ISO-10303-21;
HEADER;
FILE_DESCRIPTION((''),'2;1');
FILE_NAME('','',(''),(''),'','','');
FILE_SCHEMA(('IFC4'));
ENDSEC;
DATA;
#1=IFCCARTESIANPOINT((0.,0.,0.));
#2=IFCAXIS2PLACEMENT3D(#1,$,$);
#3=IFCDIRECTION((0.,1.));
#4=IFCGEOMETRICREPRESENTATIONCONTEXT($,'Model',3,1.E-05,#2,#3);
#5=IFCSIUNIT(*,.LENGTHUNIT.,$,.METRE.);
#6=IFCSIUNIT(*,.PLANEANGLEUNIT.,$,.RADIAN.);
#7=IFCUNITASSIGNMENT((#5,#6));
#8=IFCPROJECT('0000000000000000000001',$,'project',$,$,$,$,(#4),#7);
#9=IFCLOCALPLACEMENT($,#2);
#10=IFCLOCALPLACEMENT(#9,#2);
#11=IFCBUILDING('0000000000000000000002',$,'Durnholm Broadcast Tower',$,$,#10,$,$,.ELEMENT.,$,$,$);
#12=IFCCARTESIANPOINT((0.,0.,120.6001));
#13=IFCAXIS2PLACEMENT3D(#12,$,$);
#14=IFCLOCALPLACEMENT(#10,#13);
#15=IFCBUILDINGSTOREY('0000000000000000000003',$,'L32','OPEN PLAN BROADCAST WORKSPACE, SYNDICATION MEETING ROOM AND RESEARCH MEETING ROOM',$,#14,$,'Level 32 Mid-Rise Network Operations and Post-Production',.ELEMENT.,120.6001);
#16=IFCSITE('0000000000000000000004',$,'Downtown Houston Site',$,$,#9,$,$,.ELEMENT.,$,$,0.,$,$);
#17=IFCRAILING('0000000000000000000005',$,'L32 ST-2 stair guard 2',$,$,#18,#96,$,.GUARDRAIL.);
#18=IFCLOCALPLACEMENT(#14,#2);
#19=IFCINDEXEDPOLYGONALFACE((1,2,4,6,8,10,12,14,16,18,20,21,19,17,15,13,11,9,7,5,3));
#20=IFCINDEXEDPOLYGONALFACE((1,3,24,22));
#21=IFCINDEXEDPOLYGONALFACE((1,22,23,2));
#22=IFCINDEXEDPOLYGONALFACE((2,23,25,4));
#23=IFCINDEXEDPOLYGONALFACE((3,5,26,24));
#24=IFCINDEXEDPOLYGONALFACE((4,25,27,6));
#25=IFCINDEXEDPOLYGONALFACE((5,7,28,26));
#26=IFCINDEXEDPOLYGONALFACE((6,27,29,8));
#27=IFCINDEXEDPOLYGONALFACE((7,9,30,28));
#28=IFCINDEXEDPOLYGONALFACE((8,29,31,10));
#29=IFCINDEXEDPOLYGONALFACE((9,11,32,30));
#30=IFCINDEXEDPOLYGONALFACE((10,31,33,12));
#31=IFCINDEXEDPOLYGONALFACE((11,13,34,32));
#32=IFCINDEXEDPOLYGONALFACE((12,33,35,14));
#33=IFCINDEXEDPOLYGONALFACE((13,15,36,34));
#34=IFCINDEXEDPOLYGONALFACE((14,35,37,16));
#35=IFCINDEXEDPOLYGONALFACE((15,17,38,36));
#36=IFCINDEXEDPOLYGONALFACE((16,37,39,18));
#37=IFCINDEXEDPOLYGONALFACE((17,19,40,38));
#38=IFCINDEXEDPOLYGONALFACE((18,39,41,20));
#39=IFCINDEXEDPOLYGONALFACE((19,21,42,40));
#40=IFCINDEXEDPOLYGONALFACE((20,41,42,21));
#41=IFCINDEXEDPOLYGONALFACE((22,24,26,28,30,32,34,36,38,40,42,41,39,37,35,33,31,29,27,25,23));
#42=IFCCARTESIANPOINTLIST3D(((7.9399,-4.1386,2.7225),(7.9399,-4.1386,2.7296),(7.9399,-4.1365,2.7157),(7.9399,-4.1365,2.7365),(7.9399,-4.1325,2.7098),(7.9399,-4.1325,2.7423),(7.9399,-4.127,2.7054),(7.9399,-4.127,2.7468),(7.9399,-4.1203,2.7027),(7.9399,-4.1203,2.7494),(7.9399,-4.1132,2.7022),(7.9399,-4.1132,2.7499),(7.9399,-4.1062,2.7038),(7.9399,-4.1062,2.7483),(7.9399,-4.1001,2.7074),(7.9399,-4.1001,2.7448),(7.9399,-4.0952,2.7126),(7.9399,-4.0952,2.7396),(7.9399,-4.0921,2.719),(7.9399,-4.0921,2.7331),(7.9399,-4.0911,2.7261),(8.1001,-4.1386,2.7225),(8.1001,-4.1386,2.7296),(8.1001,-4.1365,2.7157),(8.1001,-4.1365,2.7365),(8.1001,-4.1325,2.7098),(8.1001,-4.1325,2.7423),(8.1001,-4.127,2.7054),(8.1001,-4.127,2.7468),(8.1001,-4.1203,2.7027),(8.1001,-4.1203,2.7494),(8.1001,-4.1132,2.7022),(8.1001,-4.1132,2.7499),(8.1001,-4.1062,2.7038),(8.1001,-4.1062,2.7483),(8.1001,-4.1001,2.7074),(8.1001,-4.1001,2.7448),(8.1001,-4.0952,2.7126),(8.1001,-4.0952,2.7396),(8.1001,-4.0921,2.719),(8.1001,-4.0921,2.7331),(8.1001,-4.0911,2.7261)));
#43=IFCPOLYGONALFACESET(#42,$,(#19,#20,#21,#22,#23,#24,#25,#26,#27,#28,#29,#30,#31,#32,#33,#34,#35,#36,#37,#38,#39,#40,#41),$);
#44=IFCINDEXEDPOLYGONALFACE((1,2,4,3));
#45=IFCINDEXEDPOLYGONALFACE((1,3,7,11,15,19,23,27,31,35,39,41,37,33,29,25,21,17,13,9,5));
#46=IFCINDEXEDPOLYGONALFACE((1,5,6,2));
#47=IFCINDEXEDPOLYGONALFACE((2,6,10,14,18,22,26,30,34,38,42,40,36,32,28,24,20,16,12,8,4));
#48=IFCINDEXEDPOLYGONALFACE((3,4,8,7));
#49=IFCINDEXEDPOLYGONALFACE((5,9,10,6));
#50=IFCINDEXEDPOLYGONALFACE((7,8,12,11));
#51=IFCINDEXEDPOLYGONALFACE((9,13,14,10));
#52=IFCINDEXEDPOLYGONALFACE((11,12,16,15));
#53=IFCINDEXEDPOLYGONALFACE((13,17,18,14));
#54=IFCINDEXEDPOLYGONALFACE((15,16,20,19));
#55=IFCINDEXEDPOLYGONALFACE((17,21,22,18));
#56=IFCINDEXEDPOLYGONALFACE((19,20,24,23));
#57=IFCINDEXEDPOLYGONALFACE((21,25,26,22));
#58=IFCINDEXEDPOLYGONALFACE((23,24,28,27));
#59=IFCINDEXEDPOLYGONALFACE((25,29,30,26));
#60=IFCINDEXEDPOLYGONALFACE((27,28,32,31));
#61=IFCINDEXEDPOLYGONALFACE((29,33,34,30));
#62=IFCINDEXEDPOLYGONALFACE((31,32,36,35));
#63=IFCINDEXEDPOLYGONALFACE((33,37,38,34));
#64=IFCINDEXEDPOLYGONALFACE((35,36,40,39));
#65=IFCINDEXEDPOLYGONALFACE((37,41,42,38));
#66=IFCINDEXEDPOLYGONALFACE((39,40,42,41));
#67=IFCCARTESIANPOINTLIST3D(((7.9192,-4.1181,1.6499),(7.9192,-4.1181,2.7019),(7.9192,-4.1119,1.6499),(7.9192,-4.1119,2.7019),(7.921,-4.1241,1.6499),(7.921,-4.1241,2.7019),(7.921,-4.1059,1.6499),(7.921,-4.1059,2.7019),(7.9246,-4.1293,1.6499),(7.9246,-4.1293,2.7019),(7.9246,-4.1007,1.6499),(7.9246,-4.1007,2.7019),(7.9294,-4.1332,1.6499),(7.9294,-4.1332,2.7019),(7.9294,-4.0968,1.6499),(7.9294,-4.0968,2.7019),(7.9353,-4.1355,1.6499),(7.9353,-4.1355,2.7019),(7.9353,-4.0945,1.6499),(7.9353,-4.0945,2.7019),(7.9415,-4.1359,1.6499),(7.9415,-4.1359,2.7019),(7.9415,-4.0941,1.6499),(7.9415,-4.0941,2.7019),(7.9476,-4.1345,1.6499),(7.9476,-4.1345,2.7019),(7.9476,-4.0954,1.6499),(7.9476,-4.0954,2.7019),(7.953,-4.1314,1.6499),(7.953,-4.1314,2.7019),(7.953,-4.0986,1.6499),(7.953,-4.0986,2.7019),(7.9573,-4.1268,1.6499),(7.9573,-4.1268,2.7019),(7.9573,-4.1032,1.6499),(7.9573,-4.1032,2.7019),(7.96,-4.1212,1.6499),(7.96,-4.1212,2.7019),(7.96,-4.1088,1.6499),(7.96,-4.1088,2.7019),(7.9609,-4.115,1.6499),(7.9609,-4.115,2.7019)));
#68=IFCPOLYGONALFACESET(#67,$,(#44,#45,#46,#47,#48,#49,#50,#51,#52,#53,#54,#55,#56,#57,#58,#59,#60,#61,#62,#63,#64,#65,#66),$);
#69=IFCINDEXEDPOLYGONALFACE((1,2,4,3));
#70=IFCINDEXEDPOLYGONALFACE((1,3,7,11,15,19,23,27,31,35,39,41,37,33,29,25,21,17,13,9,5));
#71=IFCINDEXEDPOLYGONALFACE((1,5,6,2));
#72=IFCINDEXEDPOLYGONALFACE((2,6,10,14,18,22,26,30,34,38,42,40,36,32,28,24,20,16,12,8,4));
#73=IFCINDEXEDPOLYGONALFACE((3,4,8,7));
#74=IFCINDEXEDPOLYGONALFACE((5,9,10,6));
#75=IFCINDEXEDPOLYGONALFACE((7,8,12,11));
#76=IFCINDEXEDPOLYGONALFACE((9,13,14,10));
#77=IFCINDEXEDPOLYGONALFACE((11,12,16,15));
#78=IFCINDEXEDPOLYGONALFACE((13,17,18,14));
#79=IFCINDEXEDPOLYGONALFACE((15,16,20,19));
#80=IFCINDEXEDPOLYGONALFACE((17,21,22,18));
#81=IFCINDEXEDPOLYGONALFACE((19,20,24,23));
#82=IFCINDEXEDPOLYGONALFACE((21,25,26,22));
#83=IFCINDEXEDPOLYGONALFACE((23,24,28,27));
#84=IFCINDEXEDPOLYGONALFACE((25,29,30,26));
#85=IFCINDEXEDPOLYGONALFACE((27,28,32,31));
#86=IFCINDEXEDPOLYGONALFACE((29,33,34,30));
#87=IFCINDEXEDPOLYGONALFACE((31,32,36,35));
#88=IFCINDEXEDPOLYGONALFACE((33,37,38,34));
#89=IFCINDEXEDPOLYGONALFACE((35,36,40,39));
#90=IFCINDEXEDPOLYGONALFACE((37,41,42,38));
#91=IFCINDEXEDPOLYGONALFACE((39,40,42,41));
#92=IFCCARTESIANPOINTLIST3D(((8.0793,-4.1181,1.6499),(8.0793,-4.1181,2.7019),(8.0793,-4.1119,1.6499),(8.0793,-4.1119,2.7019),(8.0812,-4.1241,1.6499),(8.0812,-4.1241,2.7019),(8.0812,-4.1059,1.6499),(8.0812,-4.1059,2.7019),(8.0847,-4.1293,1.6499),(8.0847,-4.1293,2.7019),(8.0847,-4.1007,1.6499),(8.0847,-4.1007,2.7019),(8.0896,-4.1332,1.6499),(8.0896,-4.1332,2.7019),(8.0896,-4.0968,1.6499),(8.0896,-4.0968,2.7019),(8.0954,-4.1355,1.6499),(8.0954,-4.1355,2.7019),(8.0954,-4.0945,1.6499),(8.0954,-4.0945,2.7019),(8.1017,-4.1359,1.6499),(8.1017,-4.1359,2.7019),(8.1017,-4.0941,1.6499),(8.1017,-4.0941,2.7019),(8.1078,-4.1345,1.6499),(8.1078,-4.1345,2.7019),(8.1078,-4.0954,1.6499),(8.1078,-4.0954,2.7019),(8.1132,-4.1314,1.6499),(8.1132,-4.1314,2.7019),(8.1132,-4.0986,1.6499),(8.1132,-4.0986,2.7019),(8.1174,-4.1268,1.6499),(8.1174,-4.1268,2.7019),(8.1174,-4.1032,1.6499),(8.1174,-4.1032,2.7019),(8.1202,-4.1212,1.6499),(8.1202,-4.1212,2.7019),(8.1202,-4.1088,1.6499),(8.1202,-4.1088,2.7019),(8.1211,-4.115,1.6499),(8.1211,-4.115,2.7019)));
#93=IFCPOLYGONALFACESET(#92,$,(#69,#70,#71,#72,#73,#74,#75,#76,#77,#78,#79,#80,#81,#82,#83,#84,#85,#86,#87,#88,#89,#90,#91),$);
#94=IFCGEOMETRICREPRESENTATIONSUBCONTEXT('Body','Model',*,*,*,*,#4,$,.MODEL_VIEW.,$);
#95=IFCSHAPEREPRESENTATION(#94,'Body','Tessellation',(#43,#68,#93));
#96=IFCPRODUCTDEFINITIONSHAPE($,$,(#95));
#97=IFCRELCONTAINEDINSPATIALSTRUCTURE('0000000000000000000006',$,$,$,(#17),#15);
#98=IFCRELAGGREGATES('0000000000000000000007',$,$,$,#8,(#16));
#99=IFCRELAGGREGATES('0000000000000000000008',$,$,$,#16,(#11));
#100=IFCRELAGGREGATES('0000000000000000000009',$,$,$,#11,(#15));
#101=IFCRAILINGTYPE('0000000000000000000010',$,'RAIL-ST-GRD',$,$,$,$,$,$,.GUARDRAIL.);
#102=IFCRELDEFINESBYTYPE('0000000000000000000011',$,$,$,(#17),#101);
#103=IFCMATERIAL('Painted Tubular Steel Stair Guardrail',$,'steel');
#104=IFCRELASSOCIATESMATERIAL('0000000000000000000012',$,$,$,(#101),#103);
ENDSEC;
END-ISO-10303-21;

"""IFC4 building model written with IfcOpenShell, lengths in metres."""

from ifc_helpers import new_model, si_unit, direction, frame, origin, origin_2d, place, context, subcontext, project, spatial, circle, extrude, material, type_object, element, save


model = new_model("IFC4")

# Units and contexts
model_context = context("Model", 3, precision=1e-05, world=origin(), true_north=direction((0.0, 1.0)))
body_context = subcontext(model_context, "Body", "Model", "MODEL_VIEW")
ifc_project = project(units=[si_unit("LENGTHUNIT", "METRE"), si_unit("PLANEANGLEUNIT", "RADIAN")], contexts=[model_context])

# Site, building, storey
site_placement = place(None, origin())
site = spatial("IfcSite", under=ifc_project, at=site_placement, Name="Downtown Houston Site", CompositionType="ELEMENT", RefElevation=0.0)
building_placement = place(site_placement, origin())
building = spatial("IfcBuilding", under=site, at=building_placement, Name="Durnholm Broadcast Tower", CompositionType="ELEMENT")
storey_placement = place(building_placement, frame((0.0, 0.0, 120.6001)))
storey = spatial("IfcBuildingStorey", under=building, at=storey_placement, Name="L32", Description="OPEN PLAN BROADCAST WORKSPACE, SYNDICATION MEETING ROOM AND RESEARCH MEETING ROOM", LongName="Level 32 Mid-Rise Network Operations and Post-Production", CompositionType="ELEMENT", Elevation=120.6001)

# Railing
ifc_material_1 = material(Name="Painted Tubular Steel Stair Guardrail", Category="steel")
railing_type_1 = type_object("IfcRailingType", Name="RAIL-ST-GRD", PredefinedType="GUARDRAIL", material=ifc_material_1)
railing_1_placement = place(storey_placement, frame((7.9399, -4.115, 1.6499)))
element("IfcRailing", 1, at=railing_1_placement, inside=storey, type_object=railing_type_1, Name="L32 ST-2 stair guard 2", PredefinedType="GUARDRAIL", context=body_context, shape_type="SweptSolid", body=[
    extrude(circle(Radius=0.0239, at=origin_2d()), frame((0.0, 0.0, 1.0762), z_axis=(1.0, 0.0, 0.0), x_axis=(0.0, 1.0, 0.0)), (0.0, 0.0, 1.0), 0.1602),
    extrude(circle(Radius=0.021, at=origin_2d()), origin(), (0.0, 0.0, 1.0), 1.052),
    extrude(circle(Radius=0.021, at=origin_2d()), frame((0.1602, 0.0, 0.0)), (0.0, 0.0, 1.0), 1.052),
])

save(model, "model.ifc")
